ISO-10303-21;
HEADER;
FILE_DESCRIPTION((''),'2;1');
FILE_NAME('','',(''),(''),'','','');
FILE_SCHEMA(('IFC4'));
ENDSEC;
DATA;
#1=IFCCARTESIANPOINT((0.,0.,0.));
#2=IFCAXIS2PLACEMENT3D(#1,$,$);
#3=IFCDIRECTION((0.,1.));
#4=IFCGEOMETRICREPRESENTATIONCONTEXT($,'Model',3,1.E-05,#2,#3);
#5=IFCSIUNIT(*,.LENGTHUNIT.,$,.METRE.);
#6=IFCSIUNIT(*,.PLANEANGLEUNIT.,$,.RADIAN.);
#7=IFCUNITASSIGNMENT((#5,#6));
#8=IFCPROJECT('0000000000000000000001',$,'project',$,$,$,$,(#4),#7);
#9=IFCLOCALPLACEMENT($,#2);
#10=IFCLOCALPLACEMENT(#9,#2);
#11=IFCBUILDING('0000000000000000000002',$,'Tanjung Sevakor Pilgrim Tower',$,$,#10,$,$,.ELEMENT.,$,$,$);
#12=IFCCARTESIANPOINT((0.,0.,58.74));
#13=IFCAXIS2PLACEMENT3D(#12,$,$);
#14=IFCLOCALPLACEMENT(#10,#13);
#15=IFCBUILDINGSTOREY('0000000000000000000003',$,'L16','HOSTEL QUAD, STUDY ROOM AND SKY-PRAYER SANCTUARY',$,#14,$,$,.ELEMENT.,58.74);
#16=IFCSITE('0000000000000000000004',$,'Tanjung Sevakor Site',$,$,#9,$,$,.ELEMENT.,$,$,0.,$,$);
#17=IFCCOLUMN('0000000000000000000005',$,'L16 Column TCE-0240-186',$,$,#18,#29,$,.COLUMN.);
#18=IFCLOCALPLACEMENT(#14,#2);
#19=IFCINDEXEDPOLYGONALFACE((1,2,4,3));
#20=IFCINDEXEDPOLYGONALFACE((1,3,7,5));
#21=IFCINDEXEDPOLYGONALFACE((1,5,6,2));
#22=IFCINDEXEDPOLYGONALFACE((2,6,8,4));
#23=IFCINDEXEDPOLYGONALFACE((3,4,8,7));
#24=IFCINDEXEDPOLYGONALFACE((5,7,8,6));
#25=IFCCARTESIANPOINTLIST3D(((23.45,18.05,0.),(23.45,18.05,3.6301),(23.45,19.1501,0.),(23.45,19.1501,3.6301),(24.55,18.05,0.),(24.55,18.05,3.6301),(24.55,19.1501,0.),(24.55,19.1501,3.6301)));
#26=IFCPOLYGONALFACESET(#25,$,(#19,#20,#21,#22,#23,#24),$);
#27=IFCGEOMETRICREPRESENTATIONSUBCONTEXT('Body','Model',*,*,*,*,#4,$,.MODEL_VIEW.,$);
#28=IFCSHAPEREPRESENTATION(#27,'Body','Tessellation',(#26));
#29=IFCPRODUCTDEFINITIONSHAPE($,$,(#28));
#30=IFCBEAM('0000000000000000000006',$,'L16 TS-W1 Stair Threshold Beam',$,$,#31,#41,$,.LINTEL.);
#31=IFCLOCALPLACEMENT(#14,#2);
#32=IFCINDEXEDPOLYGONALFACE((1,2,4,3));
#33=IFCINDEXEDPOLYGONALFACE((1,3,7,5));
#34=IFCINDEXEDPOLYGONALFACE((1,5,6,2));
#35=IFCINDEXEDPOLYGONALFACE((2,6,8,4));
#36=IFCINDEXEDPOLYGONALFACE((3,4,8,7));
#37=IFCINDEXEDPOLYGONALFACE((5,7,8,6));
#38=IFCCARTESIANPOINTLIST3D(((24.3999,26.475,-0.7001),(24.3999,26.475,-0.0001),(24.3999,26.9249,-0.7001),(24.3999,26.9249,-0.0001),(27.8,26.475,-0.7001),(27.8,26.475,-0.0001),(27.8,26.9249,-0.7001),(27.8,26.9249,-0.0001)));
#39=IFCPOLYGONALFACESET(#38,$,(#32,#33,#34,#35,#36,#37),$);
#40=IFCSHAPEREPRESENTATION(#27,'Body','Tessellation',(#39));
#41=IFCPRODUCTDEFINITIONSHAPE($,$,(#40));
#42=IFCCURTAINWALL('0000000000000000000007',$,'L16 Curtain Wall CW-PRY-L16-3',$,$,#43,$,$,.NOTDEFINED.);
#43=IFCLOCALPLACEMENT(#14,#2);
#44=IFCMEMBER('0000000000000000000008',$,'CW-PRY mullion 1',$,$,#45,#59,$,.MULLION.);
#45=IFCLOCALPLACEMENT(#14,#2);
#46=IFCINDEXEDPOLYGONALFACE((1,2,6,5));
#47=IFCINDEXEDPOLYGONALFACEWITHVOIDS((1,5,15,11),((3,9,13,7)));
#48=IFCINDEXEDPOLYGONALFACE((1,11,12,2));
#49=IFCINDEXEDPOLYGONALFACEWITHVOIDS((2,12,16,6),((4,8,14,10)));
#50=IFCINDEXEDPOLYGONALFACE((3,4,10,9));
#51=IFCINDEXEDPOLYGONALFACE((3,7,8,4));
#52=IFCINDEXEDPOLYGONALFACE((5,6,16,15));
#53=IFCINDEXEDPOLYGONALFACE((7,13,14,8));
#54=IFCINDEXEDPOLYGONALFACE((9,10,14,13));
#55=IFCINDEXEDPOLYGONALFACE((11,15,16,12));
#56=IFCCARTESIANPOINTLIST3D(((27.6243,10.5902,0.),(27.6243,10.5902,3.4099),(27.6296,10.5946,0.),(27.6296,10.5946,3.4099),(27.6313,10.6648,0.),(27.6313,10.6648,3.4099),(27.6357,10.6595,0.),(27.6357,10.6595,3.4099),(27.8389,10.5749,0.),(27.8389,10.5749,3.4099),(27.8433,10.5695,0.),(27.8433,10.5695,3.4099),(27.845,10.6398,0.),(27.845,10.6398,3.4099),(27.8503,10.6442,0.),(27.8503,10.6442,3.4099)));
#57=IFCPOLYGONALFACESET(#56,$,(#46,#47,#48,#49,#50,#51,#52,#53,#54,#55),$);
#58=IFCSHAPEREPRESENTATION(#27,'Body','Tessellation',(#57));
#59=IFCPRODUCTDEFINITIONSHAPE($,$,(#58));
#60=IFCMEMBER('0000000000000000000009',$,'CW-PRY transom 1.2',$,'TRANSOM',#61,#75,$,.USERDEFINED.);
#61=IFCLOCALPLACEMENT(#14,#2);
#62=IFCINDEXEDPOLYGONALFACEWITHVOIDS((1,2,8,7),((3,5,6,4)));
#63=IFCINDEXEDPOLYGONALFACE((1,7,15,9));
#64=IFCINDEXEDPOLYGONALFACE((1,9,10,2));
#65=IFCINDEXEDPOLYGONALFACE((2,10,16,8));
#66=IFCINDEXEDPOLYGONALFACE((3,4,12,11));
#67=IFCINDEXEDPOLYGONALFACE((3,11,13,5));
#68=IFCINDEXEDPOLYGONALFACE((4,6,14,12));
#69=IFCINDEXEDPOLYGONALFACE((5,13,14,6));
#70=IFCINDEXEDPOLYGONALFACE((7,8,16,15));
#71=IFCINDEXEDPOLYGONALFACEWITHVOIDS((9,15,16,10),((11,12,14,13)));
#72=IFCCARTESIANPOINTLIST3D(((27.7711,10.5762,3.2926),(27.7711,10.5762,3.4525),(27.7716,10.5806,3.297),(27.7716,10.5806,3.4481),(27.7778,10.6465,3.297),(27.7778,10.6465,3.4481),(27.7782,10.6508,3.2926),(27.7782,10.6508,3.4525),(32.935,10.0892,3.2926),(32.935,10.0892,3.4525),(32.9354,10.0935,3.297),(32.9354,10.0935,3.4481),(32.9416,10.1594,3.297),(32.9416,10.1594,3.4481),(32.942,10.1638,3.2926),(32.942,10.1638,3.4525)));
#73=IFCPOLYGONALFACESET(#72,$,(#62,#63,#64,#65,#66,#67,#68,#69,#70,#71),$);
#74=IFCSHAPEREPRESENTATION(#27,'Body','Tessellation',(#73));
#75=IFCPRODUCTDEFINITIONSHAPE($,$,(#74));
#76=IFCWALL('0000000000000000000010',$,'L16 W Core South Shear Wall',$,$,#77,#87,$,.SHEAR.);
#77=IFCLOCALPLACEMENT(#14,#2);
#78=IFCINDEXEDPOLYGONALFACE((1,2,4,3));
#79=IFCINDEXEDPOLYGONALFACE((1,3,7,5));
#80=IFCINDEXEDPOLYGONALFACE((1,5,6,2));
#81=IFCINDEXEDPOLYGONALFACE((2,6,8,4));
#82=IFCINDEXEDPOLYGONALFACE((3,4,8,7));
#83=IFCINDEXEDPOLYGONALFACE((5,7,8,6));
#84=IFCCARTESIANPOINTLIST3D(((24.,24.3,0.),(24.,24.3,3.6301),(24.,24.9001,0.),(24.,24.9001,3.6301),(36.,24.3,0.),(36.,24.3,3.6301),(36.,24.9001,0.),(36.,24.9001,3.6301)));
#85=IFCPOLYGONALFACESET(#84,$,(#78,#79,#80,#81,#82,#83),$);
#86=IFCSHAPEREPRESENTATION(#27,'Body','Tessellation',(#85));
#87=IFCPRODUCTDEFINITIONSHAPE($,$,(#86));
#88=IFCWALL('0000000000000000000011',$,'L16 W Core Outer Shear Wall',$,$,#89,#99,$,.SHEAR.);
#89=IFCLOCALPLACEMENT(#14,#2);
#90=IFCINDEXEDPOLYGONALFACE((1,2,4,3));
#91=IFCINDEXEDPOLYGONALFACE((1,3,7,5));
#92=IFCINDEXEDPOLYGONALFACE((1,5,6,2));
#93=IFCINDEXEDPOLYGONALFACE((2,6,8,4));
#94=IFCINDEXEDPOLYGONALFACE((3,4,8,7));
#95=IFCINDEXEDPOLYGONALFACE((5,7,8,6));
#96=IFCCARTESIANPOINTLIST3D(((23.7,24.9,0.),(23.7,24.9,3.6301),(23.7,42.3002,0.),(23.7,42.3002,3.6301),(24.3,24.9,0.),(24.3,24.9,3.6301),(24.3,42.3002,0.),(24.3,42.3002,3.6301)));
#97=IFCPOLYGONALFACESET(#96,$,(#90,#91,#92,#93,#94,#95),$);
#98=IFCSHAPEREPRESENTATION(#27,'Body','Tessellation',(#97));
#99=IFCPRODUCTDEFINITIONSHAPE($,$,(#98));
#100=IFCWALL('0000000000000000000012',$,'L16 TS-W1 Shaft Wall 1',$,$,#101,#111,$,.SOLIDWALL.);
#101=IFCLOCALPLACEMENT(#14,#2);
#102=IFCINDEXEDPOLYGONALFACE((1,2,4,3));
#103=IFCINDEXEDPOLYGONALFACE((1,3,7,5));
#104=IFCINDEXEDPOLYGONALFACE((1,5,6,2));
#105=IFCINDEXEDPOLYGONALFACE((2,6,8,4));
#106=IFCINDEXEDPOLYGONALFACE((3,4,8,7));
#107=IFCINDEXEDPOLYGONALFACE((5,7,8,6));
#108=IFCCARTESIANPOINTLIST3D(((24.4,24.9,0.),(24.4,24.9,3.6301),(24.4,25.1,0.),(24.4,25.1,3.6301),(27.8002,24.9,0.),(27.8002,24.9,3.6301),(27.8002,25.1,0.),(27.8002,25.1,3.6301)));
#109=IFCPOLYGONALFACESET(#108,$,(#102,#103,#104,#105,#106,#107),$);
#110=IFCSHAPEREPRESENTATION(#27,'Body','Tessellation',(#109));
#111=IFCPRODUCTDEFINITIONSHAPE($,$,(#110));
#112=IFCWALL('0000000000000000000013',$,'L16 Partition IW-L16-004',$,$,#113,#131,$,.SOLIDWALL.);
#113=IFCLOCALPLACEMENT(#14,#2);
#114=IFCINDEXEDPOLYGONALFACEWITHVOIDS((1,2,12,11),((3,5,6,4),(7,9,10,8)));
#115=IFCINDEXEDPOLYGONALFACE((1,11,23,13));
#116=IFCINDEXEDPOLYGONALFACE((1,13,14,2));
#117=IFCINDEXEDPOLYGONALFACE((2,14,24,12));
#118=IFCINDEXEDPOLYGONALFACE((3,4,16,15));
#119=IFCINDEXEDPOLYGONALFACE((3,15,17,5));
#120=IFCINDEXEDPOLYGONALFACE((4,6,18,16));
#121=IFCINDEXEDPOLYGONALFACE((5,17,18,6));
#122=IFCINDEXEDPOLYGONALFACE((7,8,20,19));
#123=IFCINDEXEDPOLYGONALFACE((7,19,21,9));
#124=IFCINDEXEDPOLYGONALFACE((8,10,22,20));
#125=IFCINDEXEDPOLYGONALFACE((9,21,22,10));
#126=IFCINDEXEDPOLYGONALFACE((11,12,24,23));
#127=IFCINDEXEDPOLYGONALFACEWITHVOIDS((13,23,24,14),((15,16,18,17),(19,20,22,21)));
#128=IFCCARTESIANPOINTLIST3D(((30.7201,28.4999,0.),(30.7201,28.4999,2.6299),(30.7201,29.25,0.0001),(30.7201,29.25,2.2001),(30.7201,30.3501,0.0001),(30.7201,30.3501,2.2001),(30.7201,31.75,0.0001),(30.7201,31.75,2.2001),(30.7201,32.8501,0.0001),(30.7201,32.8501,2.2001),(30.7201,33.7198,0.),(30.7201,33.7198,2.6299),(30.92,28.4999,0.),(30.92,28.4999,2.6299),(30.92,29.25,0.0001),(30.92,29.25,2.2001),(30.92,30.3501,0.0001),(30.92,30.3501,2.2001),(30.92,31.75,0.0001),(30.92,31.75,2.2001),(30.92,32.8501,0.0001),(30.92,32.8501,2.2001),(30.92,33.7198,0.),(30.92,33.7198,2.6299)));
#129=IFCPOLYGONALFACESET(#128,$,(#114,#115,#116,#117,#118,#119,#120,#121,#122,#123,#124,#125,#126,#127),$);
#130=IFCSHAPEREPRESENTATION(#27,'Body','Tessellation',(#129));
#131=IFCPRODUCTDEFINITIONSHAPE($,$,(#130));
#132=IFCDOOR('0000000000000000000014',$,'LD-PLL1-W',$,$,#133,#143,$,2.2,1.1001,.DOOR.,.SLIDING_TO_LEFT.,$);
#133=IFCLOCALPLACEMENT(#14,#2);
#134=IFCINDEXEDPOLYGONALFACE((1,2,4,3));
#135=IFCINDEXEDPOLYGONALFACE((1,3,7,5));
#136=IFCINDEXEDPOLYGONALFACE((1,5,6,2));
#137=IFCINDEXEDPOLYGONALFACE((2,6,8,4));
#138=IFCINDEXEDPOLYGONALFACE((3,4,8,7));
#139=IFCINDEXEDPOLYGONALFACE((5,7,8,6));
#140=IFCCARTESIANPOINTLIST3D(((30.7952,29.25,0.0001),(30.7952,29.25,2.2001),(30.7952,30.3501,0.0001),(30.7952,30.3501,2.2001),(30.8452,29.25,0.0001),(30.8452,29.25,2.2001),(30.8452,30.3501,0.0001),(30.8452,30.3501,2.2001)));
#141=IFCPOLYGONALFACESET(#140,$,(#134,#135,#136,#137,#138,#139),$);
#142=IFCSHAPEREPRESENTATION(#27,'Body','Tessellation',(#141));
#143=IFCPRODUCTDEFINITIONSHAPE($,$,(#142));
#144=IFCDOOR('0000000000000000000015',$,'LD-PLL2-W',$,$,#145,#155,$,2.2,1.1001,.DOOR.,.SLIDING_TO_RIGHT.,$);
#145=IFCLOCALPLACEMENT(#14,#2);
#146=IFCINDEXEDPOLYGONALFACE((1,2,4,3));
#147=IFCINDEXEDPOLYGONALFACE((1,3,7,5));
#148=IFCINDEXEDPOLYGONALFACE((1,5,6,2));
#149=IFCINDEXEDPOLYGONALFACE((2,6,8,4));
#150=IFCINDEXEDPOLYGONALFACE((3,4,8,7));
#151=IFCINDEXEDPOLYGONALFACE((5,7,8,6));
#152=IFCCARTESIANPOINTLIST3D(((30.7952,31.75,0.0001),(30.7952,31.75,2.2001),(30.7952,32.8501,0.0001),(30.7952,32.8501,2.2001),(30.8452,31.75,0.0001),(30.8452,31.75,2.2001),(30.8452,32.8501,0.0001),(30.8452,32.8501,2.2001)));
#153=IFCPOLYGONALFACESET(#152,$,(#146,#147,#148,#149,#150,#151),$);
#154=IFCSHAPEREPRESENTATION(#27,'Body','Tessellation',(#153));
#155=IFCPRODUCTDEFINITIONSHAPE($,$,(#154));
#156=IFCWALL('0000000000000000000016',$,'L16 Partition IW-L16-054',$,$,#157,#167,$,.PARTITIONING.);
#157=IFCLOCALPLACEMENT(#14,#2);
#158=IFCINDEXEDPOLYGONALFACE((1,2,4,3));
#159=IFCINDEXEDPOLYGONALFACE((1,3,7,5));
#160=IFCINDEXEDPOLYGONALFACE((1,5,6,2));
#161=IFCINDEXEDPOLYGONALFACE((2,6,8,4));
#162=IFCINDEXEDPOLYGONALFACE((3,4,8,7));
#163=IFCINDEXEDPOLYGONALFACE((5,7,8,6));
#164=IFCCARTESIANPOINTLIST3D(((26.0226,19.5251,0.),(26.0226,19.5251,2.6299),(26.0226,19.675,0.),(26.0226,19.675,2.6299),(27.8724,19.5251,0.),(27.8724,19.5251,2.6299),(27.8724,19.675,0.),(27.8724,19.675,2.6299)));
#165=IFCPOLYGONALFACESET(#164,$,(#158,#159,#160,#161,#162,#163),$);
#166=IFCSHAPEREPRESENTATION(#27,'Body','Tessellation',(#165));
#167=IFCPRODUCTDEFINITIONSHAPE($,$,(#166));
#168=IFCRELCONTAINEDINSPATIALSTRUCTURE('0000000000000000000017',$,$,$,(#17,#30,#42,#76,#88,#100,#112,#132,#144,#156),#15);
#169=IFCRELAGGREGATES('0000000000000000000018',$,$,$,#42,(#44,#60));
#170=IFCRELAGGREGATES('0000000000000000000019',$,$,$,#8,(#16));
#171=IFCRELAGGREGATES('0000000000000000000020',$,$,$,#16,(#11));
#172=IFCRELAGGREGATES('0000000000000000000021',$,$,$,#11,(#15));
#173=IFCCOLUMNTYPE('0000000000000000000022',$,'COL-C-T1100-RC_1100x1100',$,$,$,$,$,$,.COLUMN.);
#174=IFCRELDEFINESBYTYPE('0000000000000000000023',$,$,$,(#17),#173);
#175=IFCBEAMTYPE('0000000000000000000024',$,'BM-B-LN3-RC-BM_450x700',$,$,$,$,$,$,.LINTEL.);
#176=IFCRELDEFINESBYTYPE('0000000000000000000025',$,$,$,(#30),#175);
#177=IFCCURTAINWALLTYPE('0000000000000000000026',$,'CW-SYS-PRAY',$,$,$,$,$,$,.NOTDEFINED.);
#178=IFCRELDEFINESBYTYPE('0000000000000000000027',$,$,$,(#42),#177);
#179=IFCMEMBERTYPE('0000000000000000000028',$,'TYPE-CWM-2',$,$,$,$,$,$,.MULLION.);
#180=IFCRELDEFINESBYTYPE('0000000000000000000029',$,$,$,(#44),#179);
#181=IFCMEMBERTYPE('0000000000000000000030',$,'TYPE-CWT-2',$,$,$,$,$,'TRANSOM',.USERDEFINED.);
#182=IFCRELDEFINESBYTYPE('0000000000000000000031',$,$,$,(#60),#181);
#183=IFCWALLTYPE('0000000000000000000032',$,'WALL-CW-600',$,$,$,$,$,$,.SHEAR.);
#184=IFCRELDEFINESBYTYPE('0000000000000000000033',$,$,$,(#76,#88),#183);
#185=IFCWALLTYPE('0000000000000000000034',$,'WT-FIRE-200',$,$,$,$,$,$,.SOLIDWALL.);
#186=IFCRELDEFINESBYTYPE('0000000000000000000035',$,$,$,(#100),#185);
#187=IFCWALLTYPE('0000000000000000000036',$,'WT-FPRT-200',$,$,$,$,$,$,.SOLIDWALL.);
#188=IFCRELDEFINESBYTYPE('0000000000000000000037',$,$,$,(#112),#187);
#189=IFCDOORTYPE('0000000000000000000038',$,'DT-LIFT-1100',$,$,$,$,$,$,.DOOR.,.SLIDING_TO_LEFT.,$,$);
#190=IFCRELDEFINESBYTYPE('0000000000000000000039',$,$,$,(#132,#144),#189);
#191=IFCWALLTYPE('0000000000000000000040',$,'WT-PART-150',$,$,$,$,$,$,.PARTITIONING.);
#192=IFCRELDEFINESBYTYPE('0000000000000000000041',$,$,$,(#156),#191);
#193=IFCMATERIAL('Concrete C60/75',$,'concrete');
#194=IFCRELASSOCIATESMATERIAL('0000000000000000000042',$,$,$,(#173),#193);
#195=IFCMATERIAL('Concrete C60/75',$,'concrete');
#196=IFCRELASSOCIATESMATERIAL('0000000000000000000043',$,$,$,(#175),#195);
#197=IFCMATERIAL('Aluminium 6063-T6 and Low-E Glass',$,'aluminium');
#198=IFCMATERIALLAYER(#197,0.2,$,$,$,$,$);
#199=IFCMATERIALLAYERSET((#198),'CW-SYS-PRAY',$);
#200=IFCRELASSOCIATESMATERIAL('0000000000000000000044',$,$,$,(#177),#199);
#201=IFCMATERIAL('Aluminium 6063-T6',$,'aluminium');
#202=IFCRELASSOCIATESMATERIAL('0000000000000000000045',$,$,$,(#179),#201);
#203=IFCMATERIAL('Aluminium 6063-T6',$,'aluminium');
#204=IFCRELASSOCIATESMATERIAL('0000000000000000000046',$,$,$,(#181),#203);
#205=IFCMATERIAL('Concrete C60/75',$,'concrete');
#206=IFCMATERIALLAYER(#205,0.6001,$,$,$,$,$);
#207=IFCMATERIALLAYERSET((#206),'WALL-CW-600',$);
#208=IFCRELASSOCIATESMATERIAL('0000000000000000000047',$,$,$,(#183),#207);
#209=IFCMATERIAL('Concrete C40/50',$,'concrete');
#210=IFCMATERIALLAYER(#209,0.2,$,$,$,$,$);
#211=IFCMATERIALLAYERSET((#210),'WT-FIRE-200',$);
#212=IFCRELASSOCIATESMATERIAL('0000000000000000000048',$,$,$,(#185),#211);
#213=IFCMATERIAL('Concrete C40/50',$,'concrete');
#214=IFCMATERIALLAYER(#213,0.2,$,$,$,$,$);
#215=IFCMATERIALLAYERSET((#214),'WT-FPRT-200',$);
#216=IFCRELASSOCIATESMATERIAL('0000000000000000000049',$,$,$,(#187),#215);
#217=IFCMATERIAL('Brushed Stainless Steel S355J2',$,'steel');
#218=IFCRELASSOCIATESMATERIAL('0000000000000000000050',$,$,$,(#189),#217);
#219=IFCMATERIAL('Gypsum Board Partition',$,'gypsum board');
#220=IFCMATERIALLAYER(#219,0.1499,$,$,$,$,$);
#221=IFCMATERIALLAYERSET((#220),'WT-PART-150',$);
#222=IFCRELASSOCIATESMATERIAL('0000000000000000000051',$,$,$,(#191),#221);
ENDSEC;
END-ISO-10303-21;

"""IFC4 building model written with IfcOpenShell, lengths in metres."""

from ifc_helpers import new_model, si_unit, direction, frame, frame_2d, origin, origin_2d, place, context, subcontext, project, spatial, rectangle, hollow_rectangle, extrude, material, layer, layer_set, material_profile, profile_set, type_object, element, fill, aggregate, save


model = new_model("IFC4")

# Units and contexts
model_context = context("Model", 3, precision=1e-05, world=origin(), true_north=direction((0.0, 1.0)))
body_context = subcontext(model_context, "Body", "Model", "MODEL_VIEW")
ifc_project = project(units=[si_unit("LENGTHUNIT", "METRE"), si_unit("PLANEANGLEUNIT", "RADIAN")], contexts=[model_context])

# Site, building, storey
site_placement = place(None, origin())
site = spatial("IfcSite", under=ifc_project, at=site_placement, Name="Tanjung Sevakor Site", CompositionType="ELEMENT", RefElevation=0.0)
building_placement = place(site_placement, origin())
building = spatial("IfcBuilding", under=site, at=building_placement, Name="Tanjung Sevakor Pilgrim Tower", CompositionType="ELEMENT")
storey_placement = place(building_placement, frame((0.0, 0.0, 58.74)))
storey = spatial("IfcBuildingStorey", under=building, at=storey_placement, Name="L16", Description="HOSTEL QUAD, STUDY ROOM AND SKY-PRAYER SANCTUARY", CompositionType="ELEMENT", Elevation=58.74)

# Column
ifc_material_1 = material(Name="Concrete C60/75", Category="concrete")
ifc_material_profile_1 = material_profile(ifc_material_1, rectangle(XDim=1.1001, YDim=1.1001, at=origin_2d()))
ifc_profile_set_1 = profile_set([ifc_material_profile_1], Name="Concrete C60/75")
column_type = type_object("IfcColumnType", Name="COL-C-T1100-RC_1100x1100", PredefinedType="COLUMN", material=ifc_profile_set_1)
column_placement = place(storey_placement, frame((24.0, 18.6001, 0.0), z_axis=(0.0, 0.0, 1.0), x_axis=(1.0, 0.0, 0.0)))
element("IfcColumn", 1, at=column_placement, inside=storey, type_object=column_type, Name="L16 Column TCE-0240-186", PredefinedType="COLUMN", context=body_context, shape_type="SweptSolid", body=[
    extrude(rectangle(XDim=1.1001, YDim=1.1001, at=origin_2d()), origin(), (0.0, 0.0, 1.0), 3.6301),
])

# Beam
ifc_material_2 = material(Name="Concrete C60/75", Category="concrete")
ifc_material_profile_2 = material_profile(ifc_material_2, rectangle(XDim=0.45, YDim=0.7, at=origin_2d()))
ifc_profile_set_2 = profile_set([ifc_material_profile_2], Name="Concrete C60/75")
beam_type = type_object("IfcBeamType", Name="BM-B-LN3-RC-BM_450x700", PredefinedType="LINTEL", material=ifc_profile_set_2)
beam_placement = place(storey_placement, frame((24.3999, 26.7, -0.3501), z_axis=(1.0, 0.0, 0.0), x_axis=(0.0, 1.0, 0.0)))
element("IfcBeam", 2, at=beam_placement, inside=storey, type_object=beam_type, Name="L16 TS-W1 Stair Threshold Beam", PredefinedType="LINTEL", context=body_context, shape_type="SweptSolid", body=[
    extrude(rectangle(XDim=0.45, YDim=0.7, at=origin_2d()), origin(), (0.0, 0.0, 1.0), 3.4001),
])

# Curtain wall, members
ifc_material_3 = material(Name="Aluminium 6063-T6 and Low-E Glass", Category="aluminium")
ifc_layer_1 = layer(ifc_material_3, 0.2)
ifc_layer_set_1 = layer_set([ifc_layer_1], Name="CW-SYS-PRAY")
curtain_wall_type = type_object("IfcCurtainWallType", Name="CW-SYS-PRAY", PredefinedType="NOTDEFINED", material=ifc_layer_set_1)
curtain_wall_placement = place(storey_placement, origin())
curtain_wall = element("IfcCurtainWall", 3, at=curtain_wall_placement, inside=storey, type_object=curtain_wall_type, Name="L16 Curtain Wall CW-PRY-L16-3", PredefinedType="NOTDEFINED")
ifc_material_4 = material(Name="Aluminium 6063-T6", Category="aluminium")
ifc_material_profile_3 = material_profile(ifc_material_4, hollow_rectangle(XDim=0.075, YDim=0.22, WallThickness=0.0049, at=origin_2d()))
ifc_profile_set_3 = profile_set([ifc_material_profile_3], Name="Aluminium 6063-T6")
member_type_1 = type_object("IfcMemberType", Name="TYPE-CWM-2", PredefinedType="MULLION", material=ifc_profile_set_3)
member_1_placement = place(storey_placement, frame((27.7373, 10.6172, 0.0), z_axis=(0.0, 0.0, 1.0), x_axis=(0.093916, 0.99558, 0.0)))
member_1 = element("IfcMember", 4, at=member_1_placement, type_object=member_type_1, Name="CW-PRY mullion 1", PredefinedType="MULLION", context=body_context, shape_type="SweptSolid", body=[
    extrude(hollow_rectangle(XDim=0.075, YDim=0.22, WallThickness=0.0049, at=origin_2d()), origin(), (0.0, 0.0, 1.0), 3.4099),
])
ifc_material_5 = material(Name="Aluminium 6063-T6", Category="aluminium")
ifc_material_profile_4 = material_profile(ifc_material_5, hollow_rectangle(XDim=0.075, YDim=0.1599, WallThickness=0.0044, at=origin_2d()))
ifc_profile_set_4 = profile_set([ifc_material_profile_4], Name="Aluminium 6063-T6")
member_type_2 = type_object("IfcMemberType", Name="TYPE-CWT-2", ElementType="TRANSOM", PredefinedType="USERDEFINED", material=ifc_profile_set_4)
member_2_placement = place(storey_placement, frame((27.7747, 10.6135, 3.3726), z_axis=(0.995581, -0.093905, 0.0), x_axis=(0.093905, 0.995581, 0.0)))
member_2 = element("IfcMember", 5, at=member_2_placement, type_object=member_type_2, Name="CW-PRY transom 1.2", ObjectType="TRANSOM", PredefinedType="USERDEFINED", context=body_context, shape_type="SweptSolid", body=[
    extrude(hollow_rectangle(XDim=0.075, YDim=0.1599, WallThickness=0.0044, at=origin_2d()), origin(), (0.0, 0.0, 1.0), 5.1868),
])
aggregate(curtain_wall, [member_1, member_2])

# Walls
ifc_material_6 = material(Name="Concrete C60/75", Category="concrete")
ifc_layer_2 = layer(ifc_material_6, 0.6001)
ifc_layer_set_2 = layer_set([ifc_layer_2], Name="WALL-CW-600")
wall_type_1 = type_object("IfcWallType", Name="WALL-CW-600", PredefinedType="SHEAR", material=ifc_layer_set_2)
wall_1_placement = place(storey_placement, frame((24.0, 24.6001, 0.0), z_axis=(0.0, 0.0, 1.0), x_axis=(1.0, 0.0, 0.0)))
element("IfcWall", 6, at=wall_1_placement, inside=storey, type_object=wall_type_1, Name="L16 W Core South Shear Wall", PredefinedType="SHEAR", context=body_context, shape_type="SweptSolid", body=[
    extrude(rectangle(XDim=12.0, YDim=0.6001, at=frame_2d((6.0, 0.0))), origin(), (0.0, 0.0, 1.0), 3.6301),
])
wall_2_placement = place(storey_placement, frame((24.0, 24.8999, 0.0), z_axis=(0.0, 0.0, 1.0), x_axis=(0.0, 1.0, 0.0)))
element("IfcWall", 7, at=wall_2_placement, inside=storey, type_object=wall_type_1, Name="L16 W Core Outer Shear Wall", PredefinedType="SHEAR", context=body_context, shape_type="SweptSolid", body=[
    extrude(rectangle(XDim=17.4001, YDim=0.6001, at=frame_2d((8.7002, 0.0))), origin(), (0.0, 0.0, 1.0), 3.6301),
])

# Wall
ifc_material_7 = material(Name="Concrete C40/50", Category="concrete")
ifc_layer_3 = layer(ifc_material_7, 0.2)
ifc_layer_set_3 = layer_set([ifc_layer_3], Name="WT-FIRE-200")
wall_type_2 = type_object("IfcWallType", Name="WT-FIRE-200", PredefinedType="SOLIDWALL", material=ifc_layer_set_3)
wall_3_placement = place(storey_placement, frame((24.3999, 25.0, 0.0), z_axis=(0.0, 0.0, 1.0), x_axis=(1.0, 0.0, 0.0)))
element("IfcWall", 8, at=wall_3_placement, inside=storey, type_object=wall_type_2, Name="L16 TS-W1 Shaft Wall 1", PredefinedType="SOLIDWALL", context=body_context, shape_type="SweptSolid", body=[
    extrude(rectangle(XDim=3.4001, YDim=0.2, at=frame_2d((1.7002, 0.0))), origin(), (0.0, 0.0, 1.0), 3.6301),
])

# Shared definitions
ifc_material_8 = material(Name="Concrete C40/50", Category="concrete")
ifc_layer_4 = layer(ifc_material_8, 0.2)
ifc_layer_set_4 = layer_set([ifc_layer_4], Name="WT-FPRT-200")
wall_type_3 = type_object("IfcWallType", Name="WT-FPRT-200", PredefinedType="SOLIDWALL", material=ifc_layer_set_4)

# Wall, openings, doors
wall_4_placement = place(storey_placement, frame((30.8201, 28.5, 0.0), z_axis=(0.0, 0.0, 1.0), x_axis=(0.0, 1.0, 0.0)))
wall_4 = element("IfcWall", 9, at=wall_4_placement, inside=storey, type_object=wall_type_3, Name="L16 Partition IW-L16-004", PredefinedType="SOLIDWALL", context=body_context, shape_type="SweptSolid", body=[
    extrude(rectangle(XDim=5.22, YDim=0.2, at=frame_2d((2.6099, 0.0))), origin(), (0.0, 0.0, 1.0), 2.6299),
])
opening_1_placement = place(wall_4_placement, frame((0.75, 0.0, 0.0)))
opening_1 = element("IfcOpeningElement", 10, at=opening_1_placement, cuts=wall_4, PredefinedType="OPENING", context=body_context, shape_type="SweptSolid", body=[
    extrude(rectangle(XDim=1.1001, YDim=2.2, at=frame_2d((0.55, 1.1001))), frame((0.0, 0.1099, 0.0), z_axis=(0.0, -1.0, 0.0), x_axis=(1.0, 0.0, 0.0)), (0.0, 0.0, 1.0), 0.22),
])
opening_2_placement = place(wall_4_placement, frame((3.25, 0.0, 0.0)))
opening_2 = element("IfcOpeningElement", 11, at=opening_2_placement, cuts=wall_4, PredefinedType="OPENING", context=body_context, shape_type="SweptSolid", body=[
    extrude(rectangle(XDim=1.1001, YDim=2.2, at=frame_2d((0.55, 1.1001))), frame((0.0, 0.1099, 0.0), z_axis=(0.0, -1.0, 0.0), x_axis=(1.0, 0.0, 0.0)), (0.0, 0.0, 1.0), 0.22),
])
ifc_material_9 = material(Name="Brushed Stainless Steel S355J2", Category="steel")
door_type_1 = type_object("IfcDoorType", Name="DT-LIFT-1100", OperationType="SLIDING_TO_LEFT", PredefinedType="DOOR", material=ifc_material_9)
door_1_placement = place(opening_1_placement, origin())
door_1 = element("IfcDoor", 12, at=door_1_placement, inside=storey, type_object=door_type_1, Name="LD-PLL1-W", OperationType="SLIDING_TO_LEFT", OverallHeight=2.2, OverallWidth=1.1001, PredefinedType="DOOR", context=body_context, shape_type="SweptSolid", body=[
    extrude(rectangle(XDim=1.1001, YDim=2.2, at=frame_2d((0.55, 1.1001))), frame((0.0, 0.0249, 0.0), z_axis=(0.0, -1.0, 0.0), x_axis=(1.0, 0.0, 0.0)), (0.0, 0.0, 1.0), 0.05),
])
fill(opening_1, door_1)
door_2_placement = place(opening_2_placement, origin())
door_2 = element("IfcDoor", 13, at=door_2_placement, inside=storey, type_object=door_type_1, Name="LD-PLL2-W", OperationType="SLIDING_TO_RIGHT", OverallHeight=2.2, OverallWidth=1.1001, PredefinedType="DOOR", context=body_context, shape_type="SweptSolid", body=[
    extrude(rectangle(XDim=1.1001, YDim=2.2, at=frame_2d((0.55, 1.1001))), frame((0.0, 0.0249, 0.0), z_axis=(0.0, -1.0, 0.0), x_axis=(1.0, 0.0, 0.0)), (0.0, 0.0, 1.0), 0.05),
])
fill(opening_2, door_2)

# Wall
ifc_material_10 = material(Name="Gypsum Board Partition", Category="gypsum board")
ifc_layer_5 = layer(ifc_material_10, 0.1499)
ifc_layer_set_5 = layer_set([ifc_layer_5], Name="WT-PART-150")
wall_type_4 = type_object("IfcWallType", Name="WT-PART-150", PredefinedType="PARTITIONING", material=ifc_layer_set_5)
wall_5_placement = place(storey_placement, frame((26.0227, 19.6001, 0.0), z_axis=(0.0, 0.0, 1.0), x_axis=(1.0, 0.0, 0.0)))
element("IfcWall", 14, at=wall_5_placement, inside=storey, type_object=wall_type_4, Name="L16 Partition IW-L16-054", PredefinedType="PARTITIONING", context=body_context, shape_type="SweptSolid", body=[
    extrude(rectangle(XDim=1.8499, YDim=0.1499, at=frame_2d((0.9248, 0.0))), origin(), (0.0, 0.0, 1.0), 2.6299),
])

save(model, "model.ifc")
